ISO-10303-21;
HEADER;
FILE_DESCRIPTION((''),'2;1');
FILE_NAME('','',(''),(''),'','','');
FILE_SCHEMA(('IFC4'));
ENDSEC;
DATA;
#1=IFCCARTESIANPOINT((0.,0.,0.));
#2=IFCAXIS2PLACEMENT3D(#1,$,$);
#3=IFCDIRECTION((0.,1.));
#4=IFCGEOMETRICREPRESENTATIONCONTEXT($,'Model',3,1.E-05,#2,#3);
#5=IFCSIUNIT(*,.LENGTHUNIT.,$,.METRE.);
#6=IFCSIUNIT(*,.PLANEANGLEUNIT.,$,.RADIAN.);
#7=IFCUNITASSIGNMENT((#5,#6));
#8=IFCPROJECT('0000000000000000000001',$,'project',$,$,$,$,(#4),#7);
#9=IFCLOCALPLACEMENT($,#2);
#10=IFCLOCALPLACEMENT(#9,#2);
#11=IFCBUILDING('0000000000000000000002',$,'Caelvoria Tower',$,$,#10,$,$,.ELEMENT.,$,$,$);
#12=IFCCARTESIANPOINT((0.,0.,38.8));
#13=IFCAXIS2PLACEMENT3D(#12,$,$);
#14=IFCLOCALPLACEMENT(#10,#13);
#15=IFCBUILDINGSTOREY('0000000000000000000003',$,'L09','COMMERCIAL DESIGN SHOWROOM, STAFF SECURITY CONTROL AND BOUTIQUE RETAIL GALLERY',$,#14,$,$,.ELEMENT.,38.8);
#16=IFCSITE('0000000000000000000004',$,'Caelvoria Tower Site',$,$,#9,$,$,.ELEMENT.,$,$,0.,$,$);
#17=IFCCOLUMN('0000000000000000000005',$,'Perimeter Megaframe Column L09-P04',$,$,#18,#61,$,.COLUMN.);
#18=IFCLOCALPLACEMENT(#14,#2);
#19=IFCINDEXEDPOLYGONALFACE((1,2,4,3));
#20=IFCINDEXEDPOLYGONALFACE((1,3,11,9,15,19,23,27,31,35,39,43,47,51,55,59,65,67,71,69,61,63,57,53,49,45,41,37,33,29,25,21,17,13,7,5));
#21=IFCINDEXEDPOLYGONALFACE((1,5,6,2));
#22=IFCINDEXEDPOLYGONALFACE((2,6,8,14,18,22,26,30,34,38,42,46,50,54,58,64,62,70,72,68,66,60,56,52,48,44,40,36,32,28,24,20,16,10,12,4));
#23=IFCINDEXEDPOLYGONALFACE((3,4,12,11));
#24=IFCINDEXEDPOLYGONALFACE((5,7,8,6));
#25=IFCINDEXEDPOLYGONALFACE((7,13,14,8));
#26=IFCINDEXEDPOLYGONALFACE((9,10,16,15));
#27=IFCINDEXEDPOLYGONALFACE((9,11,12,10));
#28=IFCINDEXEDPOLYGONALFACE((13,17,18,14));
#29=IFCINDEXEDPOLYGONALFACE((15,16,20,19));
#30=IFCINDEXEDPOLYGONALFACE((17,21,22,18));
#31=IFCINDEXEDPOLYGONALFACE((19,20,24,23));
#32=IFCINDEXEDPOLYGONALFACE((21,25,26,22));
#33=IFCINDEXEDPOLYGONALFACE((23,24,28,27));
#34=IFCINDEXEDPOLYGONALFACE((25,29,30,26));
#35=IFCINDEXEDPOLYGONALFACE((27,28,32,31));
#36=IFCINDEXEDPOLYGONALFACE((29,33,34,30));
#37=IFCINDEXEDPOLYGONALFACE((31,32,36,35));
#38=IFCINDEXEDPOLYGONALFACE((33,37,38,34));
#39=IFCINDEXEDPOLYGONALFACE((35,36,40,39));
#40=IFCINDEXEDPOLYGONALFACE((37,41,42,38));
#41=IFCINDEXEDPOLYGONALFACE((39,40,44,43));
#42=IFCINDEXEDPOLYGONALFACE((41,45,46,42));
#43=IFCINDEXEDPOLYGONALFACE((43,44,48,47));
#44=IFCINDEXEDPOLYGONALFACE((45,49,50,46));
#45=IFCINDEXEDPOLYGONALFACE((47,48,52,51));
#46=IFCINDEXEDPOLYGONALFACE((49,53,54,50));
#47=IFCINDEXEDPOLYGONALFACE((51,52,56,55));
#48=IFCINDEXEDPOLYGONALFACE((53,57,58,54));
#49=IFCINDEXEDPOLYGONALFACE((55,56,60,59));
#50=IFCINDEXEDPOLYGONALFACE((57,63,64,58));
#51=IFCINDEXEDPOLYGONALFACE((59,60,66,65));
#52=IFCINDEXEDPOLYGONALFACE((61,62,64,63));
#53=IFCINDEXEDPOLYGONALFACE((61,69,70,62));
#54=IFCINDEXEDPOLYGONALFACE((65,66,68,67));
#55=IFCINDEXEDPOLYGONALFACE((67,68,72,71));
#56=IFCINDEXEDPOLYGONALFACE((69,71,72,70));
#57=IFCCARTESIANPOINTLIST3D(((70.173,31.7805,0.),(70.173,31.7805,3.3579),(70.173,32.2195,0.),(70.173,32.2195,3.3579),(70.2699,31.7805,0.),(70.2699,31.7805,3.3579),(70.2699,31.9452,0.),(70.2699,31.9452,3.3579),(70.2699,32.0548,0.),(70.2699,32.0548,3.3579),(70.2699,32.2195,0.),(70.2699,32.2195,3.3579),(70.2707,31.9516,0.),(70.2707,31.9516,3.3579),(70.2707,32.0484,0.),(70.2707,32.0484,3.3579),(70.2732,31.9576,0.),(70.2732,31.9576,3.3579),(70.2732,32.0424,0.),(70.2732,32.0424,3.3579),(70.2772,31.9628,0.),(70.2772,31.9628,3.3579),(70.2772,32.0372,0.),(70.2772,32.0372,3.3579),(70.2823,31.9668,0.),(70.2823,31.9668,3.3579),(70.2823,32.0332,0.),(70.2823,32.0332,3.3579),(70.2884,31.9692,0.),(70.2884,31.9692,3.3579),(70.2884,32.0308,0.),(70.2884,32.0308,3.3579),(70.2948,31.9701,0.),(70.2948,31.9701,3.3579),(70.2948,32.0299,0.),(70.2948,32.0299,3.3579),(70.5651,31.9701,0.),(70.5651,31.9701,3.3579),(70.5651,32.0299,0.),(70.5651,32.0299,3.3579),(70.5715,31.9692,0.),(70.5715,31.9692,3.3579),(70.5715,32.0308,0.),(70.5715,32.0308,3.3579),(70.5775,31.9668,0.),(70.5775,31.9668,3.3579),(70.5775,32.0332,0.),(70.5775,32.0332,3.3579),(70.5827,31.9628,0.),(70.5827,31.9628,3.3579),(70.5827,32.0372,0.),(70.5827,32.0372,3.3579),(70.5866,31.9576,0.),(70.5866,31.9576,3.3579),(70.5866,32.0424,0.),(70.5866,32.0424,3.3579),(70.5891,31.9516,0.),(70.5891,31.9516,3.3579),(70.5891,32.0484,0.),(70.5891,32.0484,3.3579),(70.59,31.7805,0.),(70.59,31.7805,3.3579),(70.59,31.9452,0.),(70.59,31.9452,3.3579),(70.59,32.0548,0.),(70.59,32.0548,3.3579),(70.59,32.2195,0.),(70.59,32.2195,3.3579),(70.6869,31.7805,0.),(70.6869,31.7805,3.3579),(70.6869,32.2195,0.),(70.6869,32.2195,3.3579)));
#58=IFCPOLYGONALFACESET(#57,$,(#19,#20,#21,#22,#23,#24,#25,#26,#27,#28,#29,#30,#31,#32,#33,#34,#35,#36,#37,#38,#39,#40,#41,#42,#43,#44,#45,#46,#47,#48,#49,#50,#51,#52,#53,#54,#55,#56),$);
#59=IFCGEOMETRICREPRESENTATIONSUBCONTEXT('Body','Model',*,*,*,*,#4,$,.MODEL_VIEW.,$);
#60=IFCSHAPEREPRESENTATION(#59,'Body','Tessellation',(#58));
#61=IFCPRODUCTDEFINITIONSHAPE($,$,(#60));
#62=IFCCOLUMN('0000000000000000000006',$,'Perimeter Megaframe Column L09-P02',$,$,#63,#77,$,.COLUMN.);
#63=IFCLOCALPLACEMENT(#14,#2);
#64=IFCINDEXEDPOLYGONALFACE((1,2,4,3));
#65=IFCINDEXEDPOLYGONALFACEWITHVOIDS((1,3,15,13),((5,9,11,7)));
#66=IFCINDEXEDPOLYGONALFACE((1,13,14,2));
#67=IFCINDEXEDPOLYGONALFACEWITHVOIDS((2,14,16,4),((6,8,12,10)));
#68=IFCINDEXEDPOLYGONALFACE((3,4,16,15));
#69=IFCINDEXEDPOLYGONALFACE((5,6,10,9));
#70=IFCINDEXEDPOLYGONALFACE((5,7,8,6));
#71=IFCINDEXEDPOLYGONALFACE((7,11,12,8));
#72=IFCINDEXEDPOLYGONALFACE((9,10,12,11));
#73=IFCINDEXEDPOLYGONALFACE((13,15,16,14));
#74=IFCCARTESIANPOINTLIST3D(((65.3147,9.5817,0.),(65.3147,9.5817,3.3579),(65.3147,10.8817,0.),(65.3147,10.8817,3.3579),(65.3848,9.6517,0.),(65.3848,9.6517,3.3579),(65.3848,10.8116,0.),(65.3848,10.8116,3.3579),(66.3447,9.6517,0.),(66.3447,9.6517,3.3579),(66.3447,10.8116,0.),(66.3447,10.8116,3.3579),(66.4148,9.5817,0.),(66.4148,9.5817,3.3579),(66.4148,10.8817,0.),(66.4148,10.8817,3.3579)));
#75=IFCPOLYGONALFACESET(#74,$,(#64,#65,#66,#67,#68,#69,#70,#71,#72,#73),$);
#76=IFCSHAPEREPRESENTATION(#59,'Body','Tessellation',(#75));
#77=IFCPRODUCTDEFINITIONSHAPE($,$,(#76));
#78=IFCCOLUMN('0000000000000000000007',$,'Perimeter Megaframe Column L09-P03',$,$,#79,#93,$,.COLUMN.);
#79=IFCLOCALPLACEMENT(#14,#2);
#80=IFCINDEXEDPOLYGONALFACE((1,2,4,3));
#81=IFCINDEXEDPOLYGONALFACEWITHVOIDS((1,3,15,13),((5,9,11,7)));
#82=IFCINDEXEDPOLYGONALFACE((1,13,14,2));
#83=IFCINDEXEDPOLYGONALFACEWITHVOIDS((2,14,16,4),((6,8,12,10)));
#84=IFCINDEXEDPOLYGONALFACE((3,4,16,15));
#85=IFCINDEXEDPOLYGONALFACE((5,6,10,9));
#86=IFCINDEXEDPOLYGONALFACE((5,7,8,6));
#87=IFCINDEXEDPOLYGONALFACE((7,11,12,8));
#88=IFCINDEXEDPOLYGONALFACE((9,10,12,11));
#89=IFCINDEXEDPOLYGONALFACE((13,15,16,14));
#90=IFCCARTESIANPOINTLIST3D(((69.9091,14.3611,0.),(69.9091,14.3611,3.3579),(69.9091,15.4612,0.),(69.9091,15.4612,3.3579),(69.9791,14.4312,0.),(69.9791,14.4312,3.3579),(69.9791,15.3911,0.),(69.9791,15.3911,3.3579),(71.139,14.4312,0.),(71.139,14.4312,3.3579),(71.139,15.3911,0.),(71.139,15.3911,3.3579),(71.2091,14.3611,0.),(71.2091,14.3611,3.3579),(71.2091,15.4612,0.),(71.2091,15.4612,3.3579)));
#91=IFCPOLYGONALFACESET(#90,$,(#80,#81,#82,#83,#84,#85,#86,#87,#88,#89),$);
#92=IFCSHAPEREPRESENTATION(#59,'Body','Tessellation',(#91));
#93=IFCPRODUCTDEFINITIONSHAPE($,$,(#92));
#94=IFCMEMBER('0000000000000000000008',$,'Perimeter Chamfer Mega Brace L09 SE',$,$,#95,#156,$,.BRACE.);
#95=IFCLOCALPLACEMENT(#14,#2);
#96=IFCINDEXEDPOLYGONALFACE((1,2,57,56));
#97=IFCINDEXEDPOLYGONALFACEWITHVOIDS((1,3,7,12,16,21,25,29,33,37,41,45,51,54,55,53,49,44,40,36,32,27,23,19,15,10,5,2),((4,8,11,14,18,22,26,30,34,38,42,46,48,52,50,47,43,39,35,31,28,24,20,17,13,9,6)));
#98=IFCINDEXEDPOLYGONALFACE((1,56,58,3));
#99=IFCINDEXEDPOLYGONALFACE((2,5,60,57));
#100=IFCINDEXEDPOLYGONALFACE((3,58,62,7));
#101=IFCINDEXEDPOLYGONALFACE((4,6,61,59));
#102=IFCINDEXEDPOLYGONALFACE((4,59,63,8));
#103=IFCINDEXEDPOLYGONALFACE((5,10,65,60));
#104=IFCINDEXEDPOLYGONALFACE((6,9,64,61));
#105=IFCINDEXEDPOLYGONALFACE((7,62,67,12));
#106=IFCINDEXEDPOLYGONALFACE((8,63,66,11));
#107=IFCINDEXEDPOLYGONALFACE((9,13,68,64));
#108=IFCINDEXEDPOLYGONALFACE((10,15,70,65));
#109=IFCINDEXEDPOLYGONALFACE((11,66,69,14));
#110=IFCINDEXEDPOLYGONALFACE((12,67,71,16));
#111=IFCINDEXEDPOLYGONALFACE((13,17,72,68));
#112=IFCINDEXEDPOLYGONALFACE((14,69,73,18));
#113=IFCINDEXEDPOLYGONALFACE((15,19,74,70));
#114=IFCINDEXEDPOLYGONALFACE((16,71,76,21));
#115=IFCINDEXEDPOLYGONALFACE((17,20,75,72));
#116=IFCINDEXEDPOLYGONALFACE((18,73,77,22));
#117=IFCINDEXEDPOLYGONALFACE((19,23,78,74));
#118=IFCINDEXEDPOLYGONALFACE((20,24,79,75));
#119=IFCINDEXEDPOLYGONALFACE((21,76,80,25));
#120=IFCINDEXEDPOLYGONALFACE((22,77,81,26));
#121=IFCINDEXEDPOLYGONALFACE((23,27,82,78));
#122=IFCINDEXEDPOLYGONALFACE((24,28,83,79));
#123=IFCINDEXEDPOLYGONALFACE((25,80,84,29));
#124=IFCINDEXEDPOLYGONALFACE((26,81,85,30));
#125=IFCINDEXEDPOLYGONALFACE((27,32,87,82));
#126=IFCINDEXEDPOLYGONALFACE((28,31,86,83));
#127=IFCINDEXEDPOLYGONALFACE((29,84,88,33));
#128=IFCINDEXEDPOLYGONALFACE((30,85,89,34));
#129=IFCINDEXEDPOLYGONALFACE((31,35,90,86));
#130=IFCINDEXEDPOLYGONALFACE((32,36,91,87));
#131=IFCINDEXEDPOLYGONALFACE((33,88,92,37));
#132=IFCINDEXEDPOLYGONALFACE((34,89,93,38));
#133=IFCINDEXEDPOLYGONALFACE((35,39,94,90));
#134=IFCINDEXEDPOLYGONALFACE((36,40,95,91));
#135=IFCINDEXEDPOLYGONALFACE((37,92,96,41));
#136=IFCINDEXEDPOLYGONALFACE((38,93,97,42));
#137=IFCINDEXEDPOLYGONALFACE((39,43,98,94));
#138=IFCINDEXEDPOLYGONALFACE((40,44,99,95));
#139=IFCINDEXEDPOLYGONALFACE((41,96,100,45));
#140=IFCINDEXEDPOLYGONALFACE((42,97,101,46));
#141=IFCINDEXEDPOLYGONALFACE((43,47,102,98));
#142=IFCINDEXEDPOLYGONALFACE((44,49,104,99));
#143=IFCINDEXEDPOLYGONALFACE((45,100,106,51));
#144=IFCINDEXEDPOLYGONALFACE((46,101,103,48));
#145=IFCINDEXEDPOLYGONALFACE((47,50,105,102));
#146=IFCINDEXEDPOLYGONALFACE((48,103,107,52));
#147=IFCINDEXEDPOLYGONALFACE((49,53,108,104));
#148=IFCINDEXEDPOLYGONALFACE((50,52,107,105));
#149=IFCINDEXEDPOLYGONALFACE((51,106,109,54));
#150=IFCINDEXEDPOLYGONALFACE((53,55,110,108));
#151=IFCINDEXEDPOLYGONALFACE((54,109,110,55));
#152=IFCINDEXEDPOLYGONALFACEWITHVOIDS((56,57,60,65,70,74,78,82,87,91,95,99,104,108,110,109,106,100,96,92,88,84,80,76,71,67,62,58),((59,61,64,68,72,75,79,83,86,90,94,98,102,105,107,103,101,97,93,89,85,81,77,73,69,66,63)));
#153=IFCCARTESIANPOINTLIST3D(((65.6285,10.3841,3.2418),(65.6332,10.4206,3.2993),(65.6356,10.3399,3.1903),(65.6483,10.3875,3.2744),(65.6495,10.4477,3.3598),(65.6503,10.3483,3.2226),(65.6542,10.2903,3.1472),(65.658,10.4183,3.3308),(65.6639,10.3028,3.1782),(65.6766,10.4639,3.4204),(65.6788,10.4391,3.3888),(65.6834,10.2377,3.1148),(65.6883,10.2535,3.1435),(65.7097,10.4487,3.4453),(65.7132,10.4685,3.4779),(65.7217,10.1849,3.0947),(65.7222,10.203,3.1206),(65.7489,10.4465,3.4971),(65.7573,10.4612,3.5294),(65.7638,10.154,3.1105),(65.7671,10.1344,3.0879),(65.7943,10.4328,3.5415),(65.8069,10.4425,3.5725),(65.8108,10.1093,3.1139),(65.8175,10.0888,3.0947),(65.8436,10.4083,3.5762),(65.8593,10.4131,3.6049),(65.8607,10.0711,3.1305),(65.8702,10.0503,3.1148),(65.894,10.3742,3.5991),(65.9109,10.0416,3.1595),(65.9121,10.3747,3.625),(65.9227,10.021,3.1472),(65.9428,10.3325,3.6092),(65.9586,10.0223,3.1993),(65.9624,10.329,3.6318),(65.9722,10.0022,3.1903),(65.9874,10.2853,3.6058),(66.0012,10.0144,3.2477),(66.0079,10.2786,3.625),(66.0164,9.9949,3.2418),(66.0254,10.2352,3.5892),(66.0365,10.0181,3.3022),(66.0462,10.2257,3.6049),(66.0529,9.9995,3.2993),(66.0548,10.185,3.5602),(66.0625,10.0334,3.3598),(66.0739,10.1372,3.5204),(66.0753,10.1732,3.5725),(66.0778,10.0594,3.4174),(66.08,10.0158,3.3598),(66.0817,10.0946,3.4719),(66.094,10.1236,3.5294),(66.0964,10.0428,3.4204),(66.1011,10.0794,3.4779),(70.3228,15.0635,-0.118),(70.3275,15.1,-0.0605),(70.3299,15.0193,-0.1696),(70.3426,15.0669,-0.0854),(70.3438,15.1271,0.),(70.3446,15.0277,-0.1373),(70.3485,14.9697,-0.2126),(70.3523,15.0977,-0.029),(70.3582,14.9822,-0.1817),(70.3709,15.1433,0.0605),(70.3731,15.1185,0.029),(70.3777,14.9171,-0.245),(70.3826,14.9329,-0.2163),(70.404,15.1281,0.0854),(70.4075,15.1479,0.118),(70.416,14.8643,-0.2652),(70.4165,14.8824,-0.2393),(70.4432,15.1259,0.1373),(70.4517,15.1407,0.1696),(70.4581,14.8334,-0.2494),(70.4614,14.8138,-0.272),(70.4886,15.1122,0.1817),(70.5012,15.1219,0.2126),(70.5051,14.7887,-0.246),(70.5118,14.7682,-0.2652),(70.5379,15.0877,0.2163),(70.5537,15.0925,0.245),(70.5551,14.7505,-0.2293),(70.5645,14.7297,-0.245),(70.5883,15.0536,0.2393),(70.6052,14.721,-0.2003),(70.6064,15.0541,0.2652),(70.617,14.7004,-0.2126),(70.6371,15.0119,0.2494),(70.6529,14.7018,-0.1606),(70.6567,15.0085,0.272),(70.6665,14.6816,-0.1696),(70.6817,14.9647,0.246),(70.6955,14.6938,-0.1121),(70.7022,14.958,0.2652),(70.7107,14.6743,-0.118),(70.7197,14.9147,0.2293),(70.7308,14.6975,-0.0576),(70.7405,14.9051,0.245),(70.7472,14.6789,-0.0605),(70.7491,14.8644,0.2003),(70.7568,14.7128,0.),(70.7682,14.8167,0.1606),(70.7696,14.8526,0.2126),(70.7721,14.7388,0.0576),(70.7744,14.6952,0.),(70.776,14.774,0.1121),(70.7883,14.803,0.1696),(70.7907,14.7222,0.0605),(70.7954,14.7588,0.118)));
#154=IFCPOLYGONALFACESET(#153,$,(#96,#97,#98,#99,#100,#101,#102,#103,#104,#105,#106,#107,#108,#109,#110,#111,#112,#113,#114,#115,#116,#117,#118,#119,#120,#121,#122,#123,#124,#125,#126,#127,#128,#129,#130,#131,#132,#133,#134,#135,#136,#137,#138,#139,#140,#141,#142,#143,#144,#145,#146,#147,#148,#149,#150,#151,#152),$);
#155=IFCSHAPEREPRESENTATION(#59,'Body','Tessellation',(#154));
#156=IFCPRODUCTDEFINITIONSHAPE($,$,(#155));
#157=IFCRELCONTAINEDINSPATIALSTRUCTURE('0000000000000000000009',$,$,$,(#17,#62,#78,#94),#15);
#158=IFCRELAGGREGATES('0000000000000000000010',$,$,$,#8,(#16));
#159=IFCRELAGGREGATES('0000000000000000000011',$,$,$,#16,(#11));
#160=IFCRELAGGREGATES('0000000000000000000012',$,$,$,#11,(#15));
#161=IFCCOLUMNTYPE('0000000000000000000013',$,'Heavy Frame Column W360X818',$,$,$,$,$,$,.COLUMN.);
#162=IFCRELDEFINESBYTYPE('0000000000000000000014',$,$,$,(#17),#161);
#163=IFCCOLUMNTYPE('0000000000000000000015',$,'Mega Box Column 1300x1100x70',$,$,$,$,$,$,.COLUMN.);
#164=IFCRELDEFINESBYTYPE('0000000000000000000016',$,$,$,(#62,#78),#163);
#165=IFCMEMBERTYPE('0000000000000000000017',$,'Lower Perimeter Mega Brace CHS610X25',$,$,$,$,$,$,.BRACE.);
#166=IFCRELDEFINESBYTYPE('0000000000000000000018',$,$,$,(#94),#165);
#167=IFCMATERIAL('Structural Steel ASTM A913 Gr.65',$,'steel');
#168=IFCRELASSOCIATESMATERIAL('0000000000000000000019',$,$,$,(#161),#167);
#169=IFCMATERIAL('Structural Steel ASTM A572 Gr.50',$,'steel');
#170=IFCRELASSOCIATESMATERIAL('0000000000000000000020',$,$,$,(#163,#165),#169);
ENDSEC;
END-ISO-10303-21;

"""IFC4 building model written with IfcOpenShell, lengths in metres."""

from ifc_helpers import new_model, si_unit, direction, frame, origin, origin_2d, place, context, subcontext, project, spatial, hollow_rectangle, hollow_circle, i_section, extrude, material, material_profile, profile_set, type_object, element, save


model = new_model("IFC4")

# Units and contexts
model_context = context("Model", 3, precision=1e-05, world=origin(), true_north=direction((0.0, 1.0)))
body_context = subcontext(model_context, "Body", "Model", "MODEL_VIEW")
ifc_project = project(units=[si_unit("LENGTHUNIT", "METRE"), si_unit("PLANEANGLEUNIT", "RADIAN")], contexts=[model_context])

# Site, building, storey
site_placement = place(None, origin())
site = spatial("IfcSite", under=ifc_project, at=site_placement, Name="Caelvoria Tower Site", CompositionType="ELEMENT", RefElevation=0.0)
building_placement = place(site_placement, origin())
building = spatial("IfcBuilding", under=site, at=building_placement, Name="Caelvoria Tower", CompositionType="ELEMENT")
storey_placement = place(building_placement, frame((0.0, 0.0, 38.8)))
storey = spatial("IfcBuildingStorey", under=building, at=storey_placement, Name="L09", Description="COMMERCIAL DESIGN SHOWROOM, STAFF SECURITY CONTROL AND BOUTIQUE RETAIL GALLERY", CompositionType="ELEMENT", Elevation=38.8)

# Columns
ifc_material_1 = material(Name="Structural Steel ASTM A913 Gr.65", Category="steel")
ifc_material_profile_1 = material_profile(ifc_material_1, i_section(OverallWidth=0.439, OverallDepth=0.5139, WebThickness=0.0598, FlangeThickness=0.0969, FilletRadius=0.0249, at=origin_2d()), Name="Structural Steel ASTM A913 Gr.65")
ifc_profile_set_1 = profile_set([ifc_material_profile_1], Name="W360X818 - Structural Steel ASTM A913 Gr.65")
column_type_1 = type_object("IfcColumnType", Name="Heavy Frame Column W360X818", PredefinedType="COLUMN", material=ifc_profile_set_1)
column_placement = place(storey_placement, frame((70.4299, 32.0, 0.0), z_axis=(0.0, 0.0, 1.0), x_axis=(0.0, 1.0, 0.0)))
element("IfcColumn", 1, at=column_placement, inside=storey, type_object=column_type_1, Name="Perimeter Megaframe Column L09-P04", PredefinedType="COLUMN", context=body_context, shape_type="SweptSolid", body=[
    extrude(i_section(OverallWidth=0.439, OverallDepth=0.5139, WebThickness=0.0598, FlangeThickness=0.0969, FilletRadius=0.0249, at=origin_2d()), origin(), (0.0, 0.0, 1.0), 3.3579),
])
ifc_material_2 = material(Name="Structural Steel ASTM A572 Gr.50", Category="steel")
ifc_material_profile_2 = material_profile(ifc_material_2, hollow_rectangle(XDim=1.1001, YDim=1.3, WallThickness=0.0701, at=origin_2d()), Name="Structural Steel ASTM A572 Gr.50")
ifc_profile_set_2 = profile_set([ifc_material_profile_2], Name="BOX1300X1100X70 - Structural Steel ASTM A572 Gr.50")
column_type_2 = type_object("IfcColumnType", Name="Mega Box Column 1300x1100x70", PredefinedType="COLUMN", material=ifc_profile_set_2)
for number, where, z_axis, x_axis, name in (
    (2, (65.8647, 10.2317, 0.0), (0.0, 0.0, 1.0), (1.0, 0.0, 0.0), "Perimeter Megaframe Column L09-P02"),
    (3, (70.5591, 14.9111, 0.0), (0.0, 0.0, 1.0), (0.0, 1.0, 0.0), "Perimeter Megaframe Column L09-P03"),
):
    element("IfcColumn", number, at=place(storey_placement, frame(where, z_axis=z_axis, x_axis=x_axis)), inside=storey, type_object=column_type_2, Name=name, PredefinedType="COLUMN", context=body_context, shape_type="SweptSolid", body=[
        extrude(hollow_rectangle(XDim=1.1001, YDim=1.3, WallThickness=0.0701, at=origin_2d()), origin(), (0.0, 0.0, 1.0), 3.3579),
    ])

# Member
ifc_material_profile_3 = material_profile(ifc_material_2, hollow_circle(Radius=0.3049, WallThickness=0.0249, at=origin_2d()), Name="Structural Steel ASTM A572 Gr.50")
ifc_profile_set_3 = profile_set([ifc_material_profile_3], Name="CHS610X25 - Structural Steel ASTM A572 Gr.50")
member_type = type_object("IfcMemberType", Name="Lower Perimeter Mega Brace CHS610X25", PredefinedType="BRACE", material=ifc_profile_set_3)
member_1_placement = place(storey_placement, frame((70.5591, 14.9111, 0.0), z_axis=(-0.631707, -0.629703, 0.45213), x_axis=(0.705982, -0.708229, 0.0)))
element("IfcMember", 4, at=member_1_placement, inside=storey, type_object=member_type, Name="Perimeter Chamfer Mega Brace L09 SE", PredefinedType="BRACE", context=body_context, shape_type="SweptSolid", body=[
    extrude(hollow_circle(Radius=0.3049, WallThickness=0.0249, at=origin_2d()), origin(), (0.0, 0.0, 1.0), 7.4312),
])

save(model, "model.ifc")
